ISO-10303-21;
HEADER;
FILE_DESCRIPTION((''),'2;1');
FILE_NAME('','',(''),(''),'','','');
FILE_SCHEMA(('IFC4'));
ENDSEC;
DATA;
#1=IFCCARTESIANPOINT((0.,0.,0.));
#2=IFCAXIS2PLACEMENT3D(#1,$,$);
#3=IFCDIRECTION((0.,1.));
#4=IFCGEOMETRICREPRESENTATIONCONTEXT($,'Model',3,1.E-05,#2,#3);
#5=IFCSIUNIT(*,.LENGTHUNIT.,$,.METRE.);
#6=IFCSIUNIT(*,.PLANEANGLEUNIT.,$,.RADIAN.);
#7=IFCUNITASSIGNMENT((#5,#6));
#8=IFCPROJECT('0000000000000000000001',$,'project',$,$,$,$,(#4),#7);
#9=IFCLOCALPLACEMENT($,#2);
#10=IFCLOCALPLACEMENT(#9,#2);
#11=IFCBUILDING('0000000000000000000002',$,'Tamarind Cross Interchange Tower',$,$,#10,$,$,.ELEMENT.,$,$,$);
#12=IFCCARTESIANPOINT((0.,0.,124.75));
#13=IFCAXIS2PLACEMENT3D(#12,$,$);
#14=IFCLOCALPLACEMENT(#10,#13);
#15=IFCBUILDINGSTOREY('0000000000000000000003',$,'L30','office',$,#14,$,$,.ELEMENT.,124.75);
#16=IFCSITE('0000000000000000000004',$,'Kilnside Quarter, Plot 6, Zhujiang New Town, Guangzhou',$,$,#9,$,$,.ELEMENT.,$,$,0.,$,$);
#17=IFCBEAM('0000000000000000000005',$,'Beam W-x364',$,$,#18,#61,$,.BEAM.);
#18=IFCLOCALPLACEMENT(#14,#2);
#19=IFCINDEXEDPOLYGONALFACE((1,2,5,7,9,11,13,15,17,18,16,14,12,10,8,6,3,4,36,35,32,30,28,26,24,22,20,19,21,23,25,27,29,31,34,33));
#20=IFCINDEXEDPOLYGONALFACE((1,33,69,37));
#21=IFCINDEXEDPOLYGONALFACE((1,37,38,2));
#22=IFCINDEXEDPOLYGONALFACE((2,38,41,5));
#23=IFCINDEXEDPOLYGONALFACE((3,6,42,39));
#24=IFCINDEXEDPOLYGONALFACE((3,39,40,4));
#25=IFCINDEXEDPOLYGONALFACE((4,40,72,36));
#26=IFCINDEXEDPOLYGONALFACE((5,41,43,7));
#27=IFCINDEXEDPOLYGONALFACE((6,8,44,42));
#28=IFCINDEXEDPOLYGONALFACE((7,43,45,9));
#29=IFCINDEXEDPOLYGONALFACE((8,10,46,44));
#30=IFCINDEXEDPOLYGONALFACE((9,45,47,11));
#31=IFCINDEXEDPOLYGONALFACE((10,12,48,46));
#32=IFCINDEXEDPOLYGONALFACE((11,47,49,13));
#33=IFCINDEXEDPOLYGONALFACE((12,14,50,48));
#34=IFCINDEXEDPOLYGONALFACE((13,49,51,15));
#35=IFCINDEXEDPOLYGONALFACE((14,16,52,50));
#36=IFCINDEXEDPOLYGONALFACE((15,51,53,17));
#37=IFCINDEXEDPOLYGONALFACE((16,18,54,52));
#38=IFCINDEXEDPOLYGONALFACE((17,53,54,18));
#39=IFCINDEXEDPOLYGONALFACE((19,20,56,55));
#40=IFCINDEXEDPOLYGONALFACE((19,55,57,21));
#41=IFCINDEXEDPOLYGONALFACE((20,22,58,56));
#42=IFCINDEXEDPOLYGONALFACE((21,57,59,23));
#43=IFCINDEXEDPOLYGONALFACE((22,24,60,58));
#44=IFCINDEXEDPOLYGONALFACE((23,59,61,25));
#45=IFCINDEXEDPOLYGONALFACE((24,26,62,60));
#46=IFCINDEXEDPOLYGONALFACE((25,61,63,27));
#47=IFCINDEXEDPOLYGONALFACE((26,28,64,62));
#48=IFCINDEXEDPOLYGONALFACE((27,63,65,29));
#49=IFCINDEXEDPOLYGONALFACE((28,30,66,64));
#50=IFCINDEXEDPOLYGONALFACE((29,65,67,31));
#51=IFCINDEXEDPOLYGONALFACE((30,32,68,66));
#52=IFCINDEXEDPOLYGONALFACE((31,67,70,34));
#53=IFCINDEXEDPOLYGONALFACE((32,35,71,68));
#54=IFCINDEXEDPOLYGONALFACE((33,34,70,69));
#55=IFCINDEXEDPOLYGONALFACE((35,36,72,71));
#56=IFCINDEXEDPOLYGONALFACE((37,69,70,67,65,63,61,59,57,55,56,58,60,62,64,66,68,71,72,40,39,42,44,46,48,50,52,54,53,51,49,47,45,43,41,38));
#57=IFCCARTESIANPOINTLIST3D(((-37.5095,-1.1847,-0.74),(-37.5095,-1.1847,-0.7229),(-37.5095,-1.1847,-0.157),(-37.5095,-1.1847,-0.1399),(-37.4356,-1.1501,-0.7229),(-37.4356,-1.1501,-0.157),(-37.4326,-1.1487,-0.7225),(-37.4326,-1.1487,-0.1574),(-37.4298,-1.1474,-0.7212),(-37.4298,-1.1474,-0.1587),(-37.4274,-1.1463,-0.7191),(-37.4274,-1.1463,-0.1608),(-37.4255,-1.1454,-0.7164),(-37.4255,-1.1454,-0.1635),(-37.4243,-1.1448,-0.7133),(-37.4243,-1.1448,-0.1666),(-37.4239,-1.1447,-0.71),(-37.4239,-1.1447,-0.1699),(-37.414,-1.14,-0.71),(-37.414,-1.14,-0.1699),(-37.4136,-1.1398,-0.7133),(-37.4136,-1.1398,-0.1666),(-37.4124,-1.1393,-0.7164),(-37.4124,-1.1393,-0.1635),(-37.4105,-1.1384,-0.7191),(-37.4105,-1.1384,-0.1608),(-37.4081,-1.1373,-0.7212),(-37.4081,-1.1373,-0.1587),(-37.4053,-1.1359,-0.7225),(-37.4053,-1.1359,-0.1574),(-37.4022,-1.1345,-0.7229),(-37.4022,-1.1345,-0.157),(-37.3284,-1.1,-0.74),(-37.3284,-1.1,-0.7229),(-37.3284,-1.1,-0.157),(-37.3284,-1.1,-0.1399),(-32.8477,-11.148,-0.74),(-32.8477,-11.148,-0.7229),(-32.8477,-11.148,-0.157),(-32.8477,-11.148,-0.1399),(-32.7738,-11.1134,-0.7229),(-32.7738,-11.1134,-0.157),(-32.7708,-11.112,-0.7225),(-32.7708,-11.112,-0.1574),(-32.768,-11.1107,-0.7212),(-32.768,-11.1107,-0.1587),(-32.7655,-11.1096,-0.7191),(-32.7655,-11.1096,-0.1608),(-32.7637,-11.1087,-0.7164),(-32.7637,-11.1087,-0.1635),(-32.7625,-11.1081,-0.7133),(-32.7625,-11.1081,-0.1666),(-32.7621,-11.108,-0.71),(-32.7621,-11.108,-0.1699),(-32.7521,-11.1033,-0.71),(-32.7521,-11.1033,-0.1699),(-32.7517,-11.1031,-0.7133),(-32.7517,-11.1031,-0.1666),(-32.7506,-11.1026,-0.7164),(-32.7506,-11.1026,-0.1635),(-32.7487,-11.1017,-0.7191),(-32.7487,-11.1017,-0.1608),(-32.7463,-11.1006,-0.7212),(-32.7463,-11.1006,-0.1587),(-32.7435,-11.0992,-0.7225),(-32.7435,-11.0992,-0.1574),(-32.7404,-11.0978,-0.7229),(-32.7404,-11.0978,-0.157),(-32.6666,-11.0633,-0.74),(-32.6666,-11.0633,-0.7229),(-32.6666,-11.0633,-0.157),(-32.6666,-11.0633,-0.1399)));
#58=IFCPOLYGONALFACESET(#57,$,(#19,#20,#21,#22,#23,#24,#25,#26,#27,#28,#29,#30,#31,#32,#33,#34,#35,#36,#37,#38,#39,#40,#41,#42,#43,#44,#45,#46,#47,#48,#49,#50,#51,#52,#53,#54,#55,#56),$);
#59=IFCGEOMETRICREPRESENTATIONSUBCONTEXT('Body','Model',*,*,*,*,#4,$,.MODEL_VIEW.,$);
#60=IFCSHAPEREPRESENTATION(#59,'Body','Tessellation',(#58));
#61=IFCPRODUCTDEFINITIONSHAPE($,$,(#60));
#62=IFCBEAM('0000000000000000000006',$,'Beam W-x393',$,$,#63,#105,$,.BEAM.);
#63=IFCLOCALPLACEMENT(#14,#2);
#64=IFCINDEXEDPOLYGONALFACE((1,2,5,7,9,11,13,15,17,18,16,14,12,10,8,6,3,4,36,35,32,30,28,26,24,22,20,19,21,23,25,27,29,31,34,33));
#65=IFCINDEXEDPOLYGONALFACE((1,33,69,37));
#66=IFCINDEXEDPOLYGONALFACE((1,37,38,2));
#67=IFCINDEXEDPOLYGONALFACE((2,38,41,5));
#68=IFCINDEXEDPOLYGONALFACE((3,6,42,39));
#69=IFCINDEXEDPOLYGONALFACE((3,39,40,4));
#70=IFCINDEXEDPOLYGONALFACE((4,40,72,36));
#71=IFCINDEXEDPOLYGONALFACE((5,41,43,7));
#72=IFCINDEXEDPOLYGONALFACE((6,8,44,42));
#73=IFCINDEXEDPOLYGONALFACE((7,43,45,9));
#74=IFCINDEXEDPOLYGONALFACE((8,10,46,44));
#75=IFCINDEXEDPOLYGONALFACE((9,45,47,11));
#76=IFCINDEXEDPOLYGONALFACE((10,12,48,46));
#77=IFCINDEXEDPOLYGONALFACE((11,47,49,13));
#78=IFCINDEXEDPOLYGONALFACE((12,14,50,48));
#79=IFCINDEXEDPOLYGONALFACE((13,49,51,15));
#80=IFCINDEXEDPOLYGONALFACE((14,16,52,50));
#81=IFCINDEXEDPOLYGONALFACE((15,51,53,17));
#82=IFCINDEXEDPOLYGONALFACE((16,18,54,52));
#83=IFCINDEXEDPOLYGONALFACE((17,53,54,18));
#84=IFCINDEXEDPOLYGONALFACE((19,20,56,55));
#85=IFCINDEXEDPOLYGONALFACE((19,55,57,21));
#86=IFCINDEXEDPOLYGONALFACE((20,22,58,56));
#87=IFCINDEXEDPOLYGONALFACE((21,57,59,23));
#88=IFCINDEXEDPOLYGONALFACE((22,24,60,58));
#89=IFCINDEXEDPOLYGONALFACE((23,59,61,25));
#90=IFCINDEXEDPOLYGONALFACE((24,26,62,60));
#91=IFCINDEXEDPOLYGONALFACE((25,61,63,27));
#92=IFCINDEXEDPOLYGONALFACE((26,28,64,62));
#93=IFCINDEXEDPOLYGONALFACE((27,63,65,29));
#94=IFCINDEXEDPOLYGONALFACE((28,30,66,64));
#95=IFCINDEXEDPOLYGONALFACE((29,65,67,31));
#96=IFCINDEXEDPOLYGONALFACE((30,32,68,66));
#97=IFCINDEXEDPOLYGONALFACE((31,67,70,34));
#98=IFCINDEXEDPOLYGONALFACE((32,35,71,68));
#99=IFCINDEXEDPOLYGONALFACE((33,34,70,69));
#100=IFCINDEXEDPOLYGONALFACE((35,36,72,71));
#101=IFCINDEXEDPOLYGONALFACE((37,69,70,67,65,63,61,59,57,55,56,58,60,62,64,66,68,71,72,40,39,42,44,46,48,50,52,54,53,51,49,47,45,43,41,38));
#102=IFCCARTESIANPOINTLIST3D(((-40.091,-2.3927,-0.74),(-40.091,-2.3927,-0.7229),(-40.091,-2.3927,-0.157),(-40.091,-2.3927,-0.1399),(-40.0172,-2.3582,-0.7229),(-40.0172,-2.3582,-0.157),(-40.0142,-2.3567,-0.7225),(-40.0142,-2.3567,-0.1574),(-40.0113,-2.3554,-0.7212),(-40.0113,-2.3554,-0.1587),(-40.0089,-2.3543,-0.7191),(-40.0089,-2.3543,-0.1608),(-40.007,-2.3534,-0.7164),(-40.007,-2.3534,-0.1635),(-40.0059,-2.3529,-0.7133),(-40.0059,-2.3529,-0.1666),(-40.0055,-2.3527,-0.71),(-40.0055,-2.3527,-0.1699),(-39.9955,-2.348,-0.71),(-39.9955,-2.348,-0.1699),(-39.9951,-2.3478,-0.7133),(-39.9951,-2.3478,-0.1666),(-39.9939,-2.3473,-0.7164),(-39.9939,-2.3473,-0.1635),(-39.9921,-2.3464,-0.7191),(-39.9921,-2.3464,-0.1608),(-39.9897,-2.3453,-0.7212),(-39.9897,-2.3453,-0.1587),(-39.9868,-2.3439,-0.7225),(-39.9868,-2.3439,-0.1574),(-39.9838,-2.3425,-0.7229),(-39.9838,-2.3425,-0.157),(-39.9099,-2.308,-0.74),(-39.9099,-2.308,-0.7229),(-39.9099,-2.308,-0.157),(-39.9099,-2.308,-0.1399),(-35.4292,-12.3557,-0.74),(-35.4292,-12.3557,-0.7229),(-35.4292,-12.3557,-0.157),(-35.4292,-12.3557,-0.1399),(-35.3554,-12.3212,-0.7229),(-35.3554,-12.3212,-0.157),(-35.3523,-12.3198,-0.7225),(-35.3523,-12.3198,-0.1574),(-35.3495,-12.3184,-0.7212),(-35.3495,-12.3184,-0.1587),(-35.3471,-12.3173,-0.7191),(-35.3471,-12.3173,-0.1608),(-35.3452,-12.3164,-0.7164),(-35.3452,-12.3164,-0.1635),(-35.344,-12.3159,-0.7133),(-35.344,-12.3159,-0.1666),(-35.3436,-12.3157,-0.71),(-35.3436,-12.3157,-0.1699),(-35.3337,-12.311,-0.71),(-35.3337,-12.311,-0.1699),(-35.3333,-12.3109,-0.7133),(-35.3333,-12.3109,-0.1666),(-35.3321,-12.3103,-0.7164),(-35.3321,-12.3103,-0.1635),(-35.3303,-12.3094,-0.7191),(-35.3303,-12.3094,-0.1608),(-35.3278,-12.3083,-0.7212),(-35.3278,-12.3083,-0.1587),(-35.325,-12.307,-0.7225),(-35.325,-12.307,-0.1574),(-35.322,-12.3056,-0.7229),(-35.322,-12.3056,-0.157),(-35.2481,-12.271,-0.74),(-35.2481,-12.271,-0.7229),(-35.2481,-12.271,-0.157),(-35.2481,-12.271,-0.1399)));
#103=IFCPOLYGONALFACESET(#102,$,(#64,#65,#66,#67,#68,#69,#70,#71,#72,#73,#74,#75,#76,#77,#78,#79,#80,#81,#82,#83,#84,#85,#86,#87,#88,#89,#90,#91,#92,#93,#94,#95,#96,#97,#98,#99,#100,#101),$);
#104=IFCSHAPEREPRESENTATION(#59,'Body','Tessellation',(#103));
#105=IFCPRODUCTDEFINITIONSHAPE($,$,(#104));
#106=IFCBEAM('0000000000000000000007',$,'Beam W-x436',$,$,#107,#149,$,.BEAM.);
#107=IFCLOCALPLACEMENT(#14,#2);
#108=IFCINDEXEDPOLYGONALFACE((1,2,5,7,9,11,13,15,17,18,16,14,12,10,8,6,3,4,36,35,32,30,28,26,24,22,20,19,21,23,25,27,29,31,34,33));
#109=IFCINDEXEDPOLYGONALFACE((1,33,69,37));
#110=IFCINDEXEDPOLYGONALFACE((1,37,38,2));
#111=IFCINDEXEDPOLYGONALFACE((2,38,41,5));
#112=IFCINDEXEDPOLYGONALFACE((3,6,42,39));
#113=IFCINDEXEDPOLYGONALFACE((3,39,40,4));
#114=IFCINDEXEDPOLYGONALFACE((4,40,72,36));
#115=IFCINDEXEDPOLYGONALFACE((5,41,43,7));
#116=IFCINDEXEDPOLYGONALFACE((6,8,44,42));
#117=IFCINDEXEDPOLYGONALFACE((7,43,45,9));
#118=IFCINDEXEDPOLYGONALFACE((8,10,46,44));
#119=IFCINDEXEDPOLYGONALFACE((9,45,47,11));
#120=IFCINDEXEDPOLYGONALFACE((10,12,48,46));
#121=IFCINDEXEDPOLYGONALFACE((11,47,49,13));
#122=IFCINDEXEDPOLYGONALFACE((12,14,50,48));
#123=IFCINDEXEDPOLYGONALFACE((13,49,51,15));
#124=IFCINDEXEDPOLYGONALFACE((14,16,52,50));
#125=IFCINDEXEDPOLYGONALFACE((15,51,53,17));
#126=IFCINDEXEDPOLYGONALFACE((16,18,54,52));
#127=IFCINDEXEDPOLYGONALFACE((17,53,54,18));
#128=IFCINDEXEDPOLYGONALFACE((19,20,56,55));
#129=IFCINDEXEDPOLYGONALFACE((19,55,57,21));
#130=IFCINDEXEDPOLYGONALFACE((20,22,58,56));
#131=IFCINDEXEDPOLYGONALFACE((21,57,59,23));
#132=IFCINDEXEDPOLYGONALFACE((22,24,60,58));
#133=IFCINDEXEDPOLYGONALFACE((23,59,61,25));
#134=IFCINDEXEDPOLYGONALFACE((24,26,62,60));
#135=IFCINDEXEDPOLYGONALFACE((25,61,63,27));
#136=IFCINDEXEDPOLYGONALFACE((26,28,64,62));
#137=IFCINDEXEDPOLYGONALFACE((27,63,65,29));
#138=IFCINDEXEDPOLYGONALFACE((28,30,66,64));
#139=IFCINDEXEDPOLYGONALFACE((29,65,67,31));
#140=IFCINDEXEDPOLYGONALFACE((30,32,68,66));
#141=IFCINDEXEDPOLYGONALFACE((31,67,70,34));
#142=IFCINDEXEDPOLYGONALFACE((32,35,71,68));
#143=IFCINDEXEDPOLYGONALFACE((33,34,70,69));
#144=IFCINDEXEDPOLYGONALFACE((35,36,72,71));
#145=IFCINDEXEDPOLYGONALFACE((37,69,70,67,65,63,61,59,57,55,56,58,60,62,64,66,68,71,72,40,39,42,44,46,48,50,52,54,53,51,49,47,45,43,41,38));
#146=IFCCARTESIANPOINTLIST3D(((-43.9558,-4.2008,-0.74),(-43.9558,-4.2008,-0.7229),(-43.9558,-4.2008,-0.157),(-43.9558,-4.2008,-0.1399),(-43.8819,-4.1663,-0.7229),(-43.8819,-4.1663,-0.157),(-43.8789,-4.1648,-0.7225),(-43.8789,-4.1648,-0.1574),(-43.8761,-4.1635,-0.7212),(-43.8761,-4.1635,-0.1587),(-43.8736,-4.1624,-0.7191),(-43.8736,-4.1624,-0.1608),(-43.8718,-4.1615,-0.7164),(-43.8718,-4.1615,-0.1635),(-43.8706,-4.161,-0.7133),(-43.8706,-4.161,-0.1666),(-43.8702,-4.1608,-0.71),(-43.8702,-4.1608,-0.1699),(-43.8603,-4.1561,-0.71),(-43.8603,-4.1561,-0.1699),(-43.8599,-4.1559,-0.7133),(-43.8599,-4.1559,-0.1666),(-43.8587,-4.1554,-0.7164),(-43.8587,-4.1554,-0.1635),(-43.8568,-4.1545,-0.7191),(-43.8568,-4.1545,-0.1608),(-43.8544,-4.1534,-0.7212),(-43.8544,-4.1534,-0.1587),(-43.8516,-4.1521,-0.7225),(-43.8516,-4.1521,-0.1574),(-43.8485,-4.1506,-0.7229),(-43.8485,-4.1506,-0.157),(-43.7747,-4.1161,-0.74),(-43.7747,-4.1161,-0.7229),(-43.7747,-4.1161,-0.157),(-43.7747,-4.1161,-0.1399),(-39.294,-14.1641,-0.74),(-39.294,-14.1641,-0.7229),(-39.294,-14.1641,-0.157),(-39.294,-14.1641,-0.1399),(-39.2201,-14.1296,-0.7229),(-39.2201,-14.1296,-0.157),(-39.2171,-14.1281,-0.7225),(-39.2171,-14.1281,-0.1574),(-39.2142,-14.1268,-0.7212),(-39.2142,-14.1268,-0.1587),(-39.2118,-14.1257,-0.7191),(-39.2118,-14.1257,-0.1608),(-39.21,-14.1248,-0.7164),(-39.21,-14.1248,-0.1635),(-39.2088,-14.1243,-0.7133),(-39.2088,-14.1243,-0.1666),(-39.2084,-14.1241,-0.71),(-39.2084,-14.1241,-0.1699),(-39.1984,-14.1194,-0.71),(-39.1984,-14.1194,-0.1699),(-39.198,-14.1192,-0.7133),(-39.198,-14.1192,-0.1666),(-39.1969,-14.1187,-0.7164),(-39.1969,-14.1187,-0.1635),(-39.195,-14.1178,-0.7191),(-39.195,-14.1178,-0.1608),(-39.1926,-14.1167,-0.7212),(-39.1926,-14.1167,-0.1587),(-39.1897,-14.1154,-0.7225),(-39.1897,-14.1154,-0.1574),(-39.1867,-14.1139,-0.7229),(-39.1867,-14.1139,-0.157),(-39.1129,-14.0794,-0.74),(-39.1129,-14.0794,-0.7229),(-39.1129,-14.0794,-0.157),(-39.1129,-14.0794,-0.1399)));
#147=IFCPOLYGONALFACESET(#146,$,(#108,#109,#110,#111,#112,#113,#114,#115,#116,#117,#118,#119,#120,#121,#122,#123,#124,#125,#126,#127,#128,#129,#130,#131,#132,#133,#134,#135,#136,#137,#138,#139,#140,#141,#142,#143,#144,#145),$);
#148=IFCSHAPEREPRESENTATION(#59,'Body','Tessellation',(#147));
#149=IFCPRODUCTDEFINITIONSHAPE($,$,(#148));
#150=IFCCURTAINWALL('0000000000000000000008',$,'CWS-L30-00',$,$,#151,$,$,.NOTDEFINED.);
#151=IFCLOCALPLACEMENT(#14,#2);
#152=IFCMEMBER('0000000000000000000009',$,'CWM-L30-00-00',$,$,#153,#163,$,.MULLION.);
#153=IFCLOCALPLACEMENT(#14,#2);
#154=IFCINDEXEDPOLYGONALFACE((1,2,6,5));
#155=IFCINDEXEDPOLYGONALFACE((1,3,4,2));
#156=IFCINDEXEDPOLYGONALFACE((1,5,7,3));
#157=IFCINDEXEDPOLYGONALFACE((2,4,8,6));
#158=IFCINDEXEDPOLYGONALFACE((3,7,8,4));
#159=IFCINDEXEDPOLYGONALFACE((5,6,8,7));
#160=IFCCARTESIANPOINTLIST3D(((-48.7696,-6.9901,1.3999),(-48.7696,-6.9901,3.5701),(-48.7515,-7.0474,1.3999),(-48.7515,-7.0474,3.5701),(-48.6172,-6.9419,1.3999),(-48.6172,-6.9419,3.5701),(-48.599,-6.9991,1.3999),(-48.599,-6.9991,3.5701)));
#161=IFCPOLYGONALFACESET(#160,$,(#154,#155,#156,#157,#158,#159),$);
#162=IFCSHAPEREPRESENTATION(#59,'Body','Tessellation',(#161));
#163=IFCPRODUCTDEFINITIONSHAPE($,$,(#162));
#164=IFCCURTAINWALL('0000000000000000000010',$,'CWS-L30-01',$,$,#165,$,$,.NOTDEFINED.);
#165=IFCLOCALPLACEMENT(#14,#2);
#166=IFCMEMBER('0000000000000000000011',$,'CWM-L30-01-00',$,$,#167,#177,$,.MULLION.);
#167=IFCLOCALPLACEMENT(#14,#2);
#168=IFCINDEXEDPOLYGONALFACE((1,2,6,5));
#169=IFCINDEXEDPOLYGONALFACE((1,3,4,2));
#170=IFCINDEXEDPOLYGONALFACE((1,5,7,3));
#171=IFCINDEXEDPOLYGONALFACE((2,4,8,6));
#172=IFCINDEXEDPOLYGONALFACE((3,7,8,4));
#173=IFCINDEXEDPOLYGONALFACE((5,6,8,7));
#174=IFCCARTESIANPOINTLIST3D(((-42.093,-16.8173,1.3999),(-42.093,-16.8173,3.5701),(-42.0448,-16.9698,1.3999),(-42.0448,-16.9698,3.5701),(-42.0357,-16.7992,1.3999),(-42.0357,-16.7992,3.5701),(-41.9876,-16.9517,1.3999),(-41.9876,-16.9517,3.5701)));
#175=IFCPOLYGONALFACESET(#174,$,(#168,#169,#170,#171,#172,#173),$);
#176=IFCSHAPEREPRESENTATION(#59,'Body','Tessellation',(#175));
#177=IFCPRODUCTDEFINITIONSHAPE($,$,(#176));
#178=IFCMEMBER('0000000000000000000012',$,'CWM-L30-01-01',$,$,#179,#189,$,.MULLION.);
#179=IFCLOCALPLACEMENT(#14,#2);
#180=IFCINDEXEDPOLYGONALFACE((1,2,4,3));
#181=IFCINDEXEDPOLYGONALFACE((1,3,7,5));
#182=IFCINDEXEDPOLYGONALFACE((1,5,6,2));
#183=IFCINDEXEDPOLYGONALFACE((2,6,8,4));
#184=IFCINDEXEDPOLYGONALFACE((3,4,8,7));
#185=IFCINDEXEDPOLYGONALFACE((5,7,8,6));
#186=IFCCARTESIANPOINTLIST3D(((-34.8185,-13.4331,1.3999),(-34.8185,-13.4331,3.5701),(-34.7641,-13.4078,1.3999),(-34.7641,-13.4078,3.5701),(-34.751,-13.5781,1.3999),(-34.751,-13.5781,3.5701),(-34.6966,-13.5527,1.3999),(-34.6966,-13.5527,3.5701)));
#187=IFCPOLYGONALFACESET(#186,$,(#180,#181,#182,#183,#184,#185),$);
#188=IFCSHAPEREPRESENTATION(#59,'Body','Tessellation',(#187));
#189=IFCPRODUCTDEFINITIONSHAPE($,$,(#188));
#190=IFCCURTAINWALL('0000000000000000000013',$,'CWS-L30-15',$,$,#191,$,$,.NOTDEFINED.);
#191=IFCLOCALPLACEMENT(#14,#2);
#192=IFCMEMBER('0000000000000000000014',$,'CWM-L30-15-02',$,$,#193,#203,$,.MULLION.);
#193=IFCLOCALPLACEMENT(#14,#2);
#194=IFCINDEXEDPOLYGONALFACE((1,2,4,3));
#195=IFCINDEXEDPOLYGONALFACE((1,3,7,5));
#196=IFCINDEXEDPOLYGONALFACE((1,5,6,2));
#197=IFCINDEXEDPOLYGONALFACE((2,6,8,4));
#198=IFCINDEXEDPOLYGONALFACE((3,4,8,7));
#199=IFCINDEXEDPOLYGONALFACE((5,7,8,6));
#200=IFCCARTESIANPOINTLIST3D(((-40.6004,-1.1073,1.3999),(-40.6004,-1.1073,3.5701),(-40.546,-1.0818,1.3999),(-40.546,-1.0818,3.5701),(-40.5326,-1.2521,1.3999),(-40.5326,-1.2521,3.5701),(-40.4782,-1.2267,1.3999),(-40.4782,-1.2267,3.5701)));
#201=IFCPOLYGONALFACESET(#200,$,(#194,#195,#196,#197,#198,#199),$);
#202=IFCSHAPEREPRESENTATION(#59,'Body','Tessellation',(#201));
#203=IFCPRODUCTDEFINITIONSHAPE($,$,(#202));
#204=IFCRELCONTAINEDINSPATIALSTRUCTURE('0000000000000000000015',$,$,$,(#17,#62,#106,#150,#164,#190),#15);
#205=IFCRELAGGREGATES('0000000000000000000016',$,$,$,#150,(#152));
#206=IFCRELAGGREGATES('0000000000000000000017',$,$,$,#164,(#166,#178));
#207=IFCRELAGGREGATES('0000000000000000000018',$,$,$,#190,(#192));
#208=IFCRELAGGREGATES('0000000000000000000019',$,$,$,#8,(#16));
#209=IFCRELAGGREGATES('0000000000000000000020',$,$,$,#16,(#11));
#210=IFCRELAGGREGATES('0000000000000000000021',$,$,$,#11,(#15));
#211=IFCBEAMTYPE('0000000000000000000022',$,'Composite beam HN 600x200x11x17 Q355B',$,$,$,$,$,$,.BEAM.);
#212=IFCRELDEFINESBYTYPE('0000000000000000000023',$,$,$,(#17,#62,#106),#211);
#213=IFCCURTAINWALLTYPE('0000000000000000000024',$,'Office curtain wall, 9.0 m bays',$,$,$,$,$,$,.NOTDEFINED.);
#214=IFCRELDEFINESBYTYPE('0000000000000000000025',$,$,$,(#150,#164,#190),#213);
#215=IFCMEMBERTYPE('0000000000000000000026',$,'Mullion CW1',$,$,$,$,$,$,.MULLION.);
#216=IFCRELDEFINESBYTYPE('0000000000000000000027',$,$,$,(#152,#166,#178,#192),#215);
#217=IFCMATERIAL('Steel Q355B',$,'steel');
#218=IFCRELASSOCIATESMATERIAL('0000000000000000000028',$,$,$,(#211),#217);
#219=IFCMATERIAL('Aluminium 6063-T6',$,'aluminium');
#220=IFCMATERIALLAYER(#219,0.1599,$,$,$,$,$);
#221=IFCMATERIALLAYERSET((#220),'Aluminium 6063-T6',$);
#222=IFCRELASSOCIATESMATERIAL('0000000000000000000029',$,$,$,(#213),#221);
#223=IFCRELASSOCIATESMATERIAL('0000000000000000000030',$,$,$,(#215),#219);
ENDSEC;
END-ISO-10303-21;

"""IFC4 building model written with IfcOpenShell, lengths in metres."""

from ifc_helpers import new_model, si_unit, direction, frame, origin, origin_2d, place, context, subcontext, project, spatial, rectangle, i_section, extrude, material, layer, layer_set, material_profile, profile_set, type_object, element, aggregate, save


model = new_model("IFC4")

# Units and contexts
model_context = context("Model", 3, precision=1e-05, world=origin(), true_north=direction((0.0, 1.0)))
body_context = subcontext(model_context, "Body", "Model", "MODEL_VIEW")
ifc_project = project(units=[si_unit("LENGTHUNIT", "METRE"), si_unit("PLANEANGLEUNIT", "RADIAN")], contexts=[model_context])

# Site, building, storey
site_placement = place(None, origin())
site = spatial("IfcSite", under=ifc_project, at=site_placement, Name="Kilnside Quarter, Plot 6, Zhujiang New Town, Guangzhou", CompositionType="ELEMENT", RefElevation=0.0)
building_placement = place(site_placement, origin())
building = spatial("IfcBuilding", under=site, at=building_placement, Name="Tamarind Cross Interchange Tower", CompositionType="ELEMENT")
storey_placement = place(building_placement, frame((0.0, 0.0, 124.75)))
storey = spatial("IfcBuildingStorey", under=building, at=storey_placement, Name="L30", Description="office", CompositionType="ELEMENT", Elevation=124.75)

# Beams
ifc_material_1 = material(Name="Steel Q355B", Category="steel")
ifc_material_profile_1 = material_profile(ifc_material_1, i_section(OverallWidth=0.2, OverallDepth=0.6001, WebThickness=0.011, FlangeThickness=0.0171, FilletRadius=0.0129, at=origin_2d()), Name="HN 600x200x11x17")
ifc_profile_set_1 = profile_set([ifc_material_profile_1], Name="Steel Q355B")
beam_type_1 = type_object("IfcBeamType", Name="Composite beam HN 600x200x11x17 Q355B", PredefinedType="BEAM", material=ifc_profile_set_1)
beam_1_placement = place(storey_placement, frame((-37.4189, -1.1423, -0.4399), z_axis=(0.423803, -0.905755, 0.0), x_axis=(0.905755, 0.423803, 0.0)))
element("IfcBeam", 1, at=beam_1_placement, inside=storey, type_object=beam_type_1, Name="Beam W-x364", PredefinedType="BEAM", context=body_context, shape_type="SweptSolid", body=[
    extrude(i_section(OverallWidth=0.2, OverallDepth=0.6001, WebThickness=0.011, FlangeThickness=0.0171, FilletRadius=0.0129, at=origin_2d()), origin(), (0.0, 0.0, 1.0), 11.0),
])
beam_2_placement = place(storey_placement, frame((-40.0005, -2.3503, -0.4399), z_axis=(0.423811, -0.905751, 0.0), x_axis=(0.905751, 0.423811, 0.0)))
element("IfcBeam", 2, at=beam_2_placement, inside=storey, type_object=beam_type_1, Name="Beam W-x393", PredefinedType="BEAM", context=body_context, shape_type="SweptSolid", body=[
    extrude(i_section(OverallWidth=0.2, OverallDepth=0.6001, WebThickness=0.011, FlangeThickness=0.0171, FilletRadius=0.0129, at=origin_2d()), origin(), (0.0, 0.0, 1.0), 10.9998),
])
beam_3_placement = place(storey_placement, frame((-43.8652, -4.1584, -0.4399), z_axis=(0.423803, -0.905755, 0.0), x_axis=(0.905755, 0.423803, 0.0)))
element("IfcBeam", 3, at=beam_3_placement, inside=storey, type_object=beam_type_1, Name="Beam W-x436", PredefinedType="BEAM", context=body_context, shape_type="SweptSolid", body=[
    extrude(i_section(OverallWidth=0.2, OverallDepth=0.6001, WebThickness=0.011, FlangeThickness=0.0171, FilletRadius=0.0129, at=origin_2d()), origin(), (0.0, 0.0, 1.0), 11.0),
])

# Curtain wall, member
ifc_material_2 = material(Name="Aluminium 6063-T6", Category="aluminium")
ifc_layer_1 = layer(ifc_material_2, 0.1599)
ifc_layer_set_1 = layer_set([ifc_layer_1], Name="Aluminium 6063-T6")
curtain_wall_type = type_object("IfcCurtainWallType", Name="Office curtain wall, 9.0 m bays", PredefinedType="NOTDEFINED", material=ifc_layer_set_1)
curtain_wall_1_placement = place(storey_placement, origin())
curtain_wall_1 = element("IfcCurtainWall", 4, at=curtain_wall_1_placement, inside=storey, type_object=curtain_wall_type, Name="CWS-L30-00", PredefinedType="NOTDEFINED")
ifc_material_profile_2 = material_profile(ifc_material_2, rectangle(XDim=0.0601, YDim=0.1599, at=origin_2d()), Name="Mullion CW1")
ifc_profile_set_2 = profile_set([ifc_material_profile_2], Name="Aluminium 6063-T6")
member_type = type_object("IfcMemberType", Name="Mullion CW1", PredefinedType="MULLION", material=ifc_profile_set_2)
member_1_placement = place(storey_placement, frame((-48.6843, -6.9946, 1.3999), z_axis=(0.0, 0.0, 1.0), x_axis=(0.301957, -0.953321, 0.0)))
member_1 = element("IfcMember", 5, at=member_1_placement, type_object=member_type, Name="CWM-L30-00-00", PredefinedType="MULLION", context=body_context, shape_type="SweptSolid", body=[
    extrude(rectangle(XDim=0.0601, YDim=0.1599, at=origin_2d()), origin(), (0.0, 0.0, 1.0), 2.1702),
])
aggregate(curtain_wall_1, [member_1])

# Curtain wall, members
curtain_wall_2_placement = place(storey_placement, origin())
curtain_wall_2 = element("IfcCurtainWall", 6, at=curtain_wall_2_placement, inside=storey, type_object=curtain_wall_type, Name="CWS-L30-01", PredefinedType="NOTDEFINED")
member_2_placement = place(storey_placement, frame((-42.0403, -16.8845, 1.3999), z_axis=(0.0, 0.0, 1.0), x_axis=(0.953593, 0.301098, 0.0)))
member_2 = element("IfcMember", 7, at=member_2_placement, type_object=member_type, Name="CWM-L30-01-00", PredefinedType="MULLION", context=body_context, shape_type="SweptSolid", body=[
    extrude(rectangle(XDim=0.0601, YDim=0.1599, at=origin_2d()), origin(), (0.0, 0.0, 1.0), 2.1702),
])
member_3_placement = place(storey_placement, frame((-34.7576, -13.4929, 1.3999), z_axis=(0.0, 0.0, 1.0), x_axis=(0.906515, 0.422174, 0.0)))
member_3 = element("IfcMember", 8, at=member_3_placement, type_object=member_type, Name="CWM-L30-01-01", PredefinedType="MULLION", context=body_context, shape_type="SweptSolid", body=[
    extrude(rectangle(XDim=0.0601, YDim=0.1599, at=origin_2d()), origin(), (0.0, 0.0, 1.0), 2.1702),
])
aggregate(curtain_wall_2, [member_2, member_3])

# Curtain wall, member
curtain_wall_3_placement = place(storey_placement, origin())
curtain_wall_3 = element("IfcCurtainWall", 9, at=curtain_wall_3_placement, inside=storey, type_object=curtain_wall_type, Name="CWS-L30-15", PredefinedType="NOTDEFINED")
member_4_placement = place(storey_placement, frame((-40.5393, -1.167, 1.3999), z_axis=(0.0, 0.0, 1.0), x_axis=(-0.905752, -0.423807, 0.0)))
member_4 = element("IfcMember", 10, at=member_4_placement, type_object=member_type, Name="CWM-L30-15-02", PredefinedType="MULLION", context=body_context, shape_type="SweptSolid", body=[
    extrude(rectangle(XDim=0.0601, YDim=0.1599, at=origin_2d()), origin(), (0.0, 0.0, 1.0), 2.1702),
])
aggregate(curtain_wall_3, [member_4])

save(model, "model.ifc")
